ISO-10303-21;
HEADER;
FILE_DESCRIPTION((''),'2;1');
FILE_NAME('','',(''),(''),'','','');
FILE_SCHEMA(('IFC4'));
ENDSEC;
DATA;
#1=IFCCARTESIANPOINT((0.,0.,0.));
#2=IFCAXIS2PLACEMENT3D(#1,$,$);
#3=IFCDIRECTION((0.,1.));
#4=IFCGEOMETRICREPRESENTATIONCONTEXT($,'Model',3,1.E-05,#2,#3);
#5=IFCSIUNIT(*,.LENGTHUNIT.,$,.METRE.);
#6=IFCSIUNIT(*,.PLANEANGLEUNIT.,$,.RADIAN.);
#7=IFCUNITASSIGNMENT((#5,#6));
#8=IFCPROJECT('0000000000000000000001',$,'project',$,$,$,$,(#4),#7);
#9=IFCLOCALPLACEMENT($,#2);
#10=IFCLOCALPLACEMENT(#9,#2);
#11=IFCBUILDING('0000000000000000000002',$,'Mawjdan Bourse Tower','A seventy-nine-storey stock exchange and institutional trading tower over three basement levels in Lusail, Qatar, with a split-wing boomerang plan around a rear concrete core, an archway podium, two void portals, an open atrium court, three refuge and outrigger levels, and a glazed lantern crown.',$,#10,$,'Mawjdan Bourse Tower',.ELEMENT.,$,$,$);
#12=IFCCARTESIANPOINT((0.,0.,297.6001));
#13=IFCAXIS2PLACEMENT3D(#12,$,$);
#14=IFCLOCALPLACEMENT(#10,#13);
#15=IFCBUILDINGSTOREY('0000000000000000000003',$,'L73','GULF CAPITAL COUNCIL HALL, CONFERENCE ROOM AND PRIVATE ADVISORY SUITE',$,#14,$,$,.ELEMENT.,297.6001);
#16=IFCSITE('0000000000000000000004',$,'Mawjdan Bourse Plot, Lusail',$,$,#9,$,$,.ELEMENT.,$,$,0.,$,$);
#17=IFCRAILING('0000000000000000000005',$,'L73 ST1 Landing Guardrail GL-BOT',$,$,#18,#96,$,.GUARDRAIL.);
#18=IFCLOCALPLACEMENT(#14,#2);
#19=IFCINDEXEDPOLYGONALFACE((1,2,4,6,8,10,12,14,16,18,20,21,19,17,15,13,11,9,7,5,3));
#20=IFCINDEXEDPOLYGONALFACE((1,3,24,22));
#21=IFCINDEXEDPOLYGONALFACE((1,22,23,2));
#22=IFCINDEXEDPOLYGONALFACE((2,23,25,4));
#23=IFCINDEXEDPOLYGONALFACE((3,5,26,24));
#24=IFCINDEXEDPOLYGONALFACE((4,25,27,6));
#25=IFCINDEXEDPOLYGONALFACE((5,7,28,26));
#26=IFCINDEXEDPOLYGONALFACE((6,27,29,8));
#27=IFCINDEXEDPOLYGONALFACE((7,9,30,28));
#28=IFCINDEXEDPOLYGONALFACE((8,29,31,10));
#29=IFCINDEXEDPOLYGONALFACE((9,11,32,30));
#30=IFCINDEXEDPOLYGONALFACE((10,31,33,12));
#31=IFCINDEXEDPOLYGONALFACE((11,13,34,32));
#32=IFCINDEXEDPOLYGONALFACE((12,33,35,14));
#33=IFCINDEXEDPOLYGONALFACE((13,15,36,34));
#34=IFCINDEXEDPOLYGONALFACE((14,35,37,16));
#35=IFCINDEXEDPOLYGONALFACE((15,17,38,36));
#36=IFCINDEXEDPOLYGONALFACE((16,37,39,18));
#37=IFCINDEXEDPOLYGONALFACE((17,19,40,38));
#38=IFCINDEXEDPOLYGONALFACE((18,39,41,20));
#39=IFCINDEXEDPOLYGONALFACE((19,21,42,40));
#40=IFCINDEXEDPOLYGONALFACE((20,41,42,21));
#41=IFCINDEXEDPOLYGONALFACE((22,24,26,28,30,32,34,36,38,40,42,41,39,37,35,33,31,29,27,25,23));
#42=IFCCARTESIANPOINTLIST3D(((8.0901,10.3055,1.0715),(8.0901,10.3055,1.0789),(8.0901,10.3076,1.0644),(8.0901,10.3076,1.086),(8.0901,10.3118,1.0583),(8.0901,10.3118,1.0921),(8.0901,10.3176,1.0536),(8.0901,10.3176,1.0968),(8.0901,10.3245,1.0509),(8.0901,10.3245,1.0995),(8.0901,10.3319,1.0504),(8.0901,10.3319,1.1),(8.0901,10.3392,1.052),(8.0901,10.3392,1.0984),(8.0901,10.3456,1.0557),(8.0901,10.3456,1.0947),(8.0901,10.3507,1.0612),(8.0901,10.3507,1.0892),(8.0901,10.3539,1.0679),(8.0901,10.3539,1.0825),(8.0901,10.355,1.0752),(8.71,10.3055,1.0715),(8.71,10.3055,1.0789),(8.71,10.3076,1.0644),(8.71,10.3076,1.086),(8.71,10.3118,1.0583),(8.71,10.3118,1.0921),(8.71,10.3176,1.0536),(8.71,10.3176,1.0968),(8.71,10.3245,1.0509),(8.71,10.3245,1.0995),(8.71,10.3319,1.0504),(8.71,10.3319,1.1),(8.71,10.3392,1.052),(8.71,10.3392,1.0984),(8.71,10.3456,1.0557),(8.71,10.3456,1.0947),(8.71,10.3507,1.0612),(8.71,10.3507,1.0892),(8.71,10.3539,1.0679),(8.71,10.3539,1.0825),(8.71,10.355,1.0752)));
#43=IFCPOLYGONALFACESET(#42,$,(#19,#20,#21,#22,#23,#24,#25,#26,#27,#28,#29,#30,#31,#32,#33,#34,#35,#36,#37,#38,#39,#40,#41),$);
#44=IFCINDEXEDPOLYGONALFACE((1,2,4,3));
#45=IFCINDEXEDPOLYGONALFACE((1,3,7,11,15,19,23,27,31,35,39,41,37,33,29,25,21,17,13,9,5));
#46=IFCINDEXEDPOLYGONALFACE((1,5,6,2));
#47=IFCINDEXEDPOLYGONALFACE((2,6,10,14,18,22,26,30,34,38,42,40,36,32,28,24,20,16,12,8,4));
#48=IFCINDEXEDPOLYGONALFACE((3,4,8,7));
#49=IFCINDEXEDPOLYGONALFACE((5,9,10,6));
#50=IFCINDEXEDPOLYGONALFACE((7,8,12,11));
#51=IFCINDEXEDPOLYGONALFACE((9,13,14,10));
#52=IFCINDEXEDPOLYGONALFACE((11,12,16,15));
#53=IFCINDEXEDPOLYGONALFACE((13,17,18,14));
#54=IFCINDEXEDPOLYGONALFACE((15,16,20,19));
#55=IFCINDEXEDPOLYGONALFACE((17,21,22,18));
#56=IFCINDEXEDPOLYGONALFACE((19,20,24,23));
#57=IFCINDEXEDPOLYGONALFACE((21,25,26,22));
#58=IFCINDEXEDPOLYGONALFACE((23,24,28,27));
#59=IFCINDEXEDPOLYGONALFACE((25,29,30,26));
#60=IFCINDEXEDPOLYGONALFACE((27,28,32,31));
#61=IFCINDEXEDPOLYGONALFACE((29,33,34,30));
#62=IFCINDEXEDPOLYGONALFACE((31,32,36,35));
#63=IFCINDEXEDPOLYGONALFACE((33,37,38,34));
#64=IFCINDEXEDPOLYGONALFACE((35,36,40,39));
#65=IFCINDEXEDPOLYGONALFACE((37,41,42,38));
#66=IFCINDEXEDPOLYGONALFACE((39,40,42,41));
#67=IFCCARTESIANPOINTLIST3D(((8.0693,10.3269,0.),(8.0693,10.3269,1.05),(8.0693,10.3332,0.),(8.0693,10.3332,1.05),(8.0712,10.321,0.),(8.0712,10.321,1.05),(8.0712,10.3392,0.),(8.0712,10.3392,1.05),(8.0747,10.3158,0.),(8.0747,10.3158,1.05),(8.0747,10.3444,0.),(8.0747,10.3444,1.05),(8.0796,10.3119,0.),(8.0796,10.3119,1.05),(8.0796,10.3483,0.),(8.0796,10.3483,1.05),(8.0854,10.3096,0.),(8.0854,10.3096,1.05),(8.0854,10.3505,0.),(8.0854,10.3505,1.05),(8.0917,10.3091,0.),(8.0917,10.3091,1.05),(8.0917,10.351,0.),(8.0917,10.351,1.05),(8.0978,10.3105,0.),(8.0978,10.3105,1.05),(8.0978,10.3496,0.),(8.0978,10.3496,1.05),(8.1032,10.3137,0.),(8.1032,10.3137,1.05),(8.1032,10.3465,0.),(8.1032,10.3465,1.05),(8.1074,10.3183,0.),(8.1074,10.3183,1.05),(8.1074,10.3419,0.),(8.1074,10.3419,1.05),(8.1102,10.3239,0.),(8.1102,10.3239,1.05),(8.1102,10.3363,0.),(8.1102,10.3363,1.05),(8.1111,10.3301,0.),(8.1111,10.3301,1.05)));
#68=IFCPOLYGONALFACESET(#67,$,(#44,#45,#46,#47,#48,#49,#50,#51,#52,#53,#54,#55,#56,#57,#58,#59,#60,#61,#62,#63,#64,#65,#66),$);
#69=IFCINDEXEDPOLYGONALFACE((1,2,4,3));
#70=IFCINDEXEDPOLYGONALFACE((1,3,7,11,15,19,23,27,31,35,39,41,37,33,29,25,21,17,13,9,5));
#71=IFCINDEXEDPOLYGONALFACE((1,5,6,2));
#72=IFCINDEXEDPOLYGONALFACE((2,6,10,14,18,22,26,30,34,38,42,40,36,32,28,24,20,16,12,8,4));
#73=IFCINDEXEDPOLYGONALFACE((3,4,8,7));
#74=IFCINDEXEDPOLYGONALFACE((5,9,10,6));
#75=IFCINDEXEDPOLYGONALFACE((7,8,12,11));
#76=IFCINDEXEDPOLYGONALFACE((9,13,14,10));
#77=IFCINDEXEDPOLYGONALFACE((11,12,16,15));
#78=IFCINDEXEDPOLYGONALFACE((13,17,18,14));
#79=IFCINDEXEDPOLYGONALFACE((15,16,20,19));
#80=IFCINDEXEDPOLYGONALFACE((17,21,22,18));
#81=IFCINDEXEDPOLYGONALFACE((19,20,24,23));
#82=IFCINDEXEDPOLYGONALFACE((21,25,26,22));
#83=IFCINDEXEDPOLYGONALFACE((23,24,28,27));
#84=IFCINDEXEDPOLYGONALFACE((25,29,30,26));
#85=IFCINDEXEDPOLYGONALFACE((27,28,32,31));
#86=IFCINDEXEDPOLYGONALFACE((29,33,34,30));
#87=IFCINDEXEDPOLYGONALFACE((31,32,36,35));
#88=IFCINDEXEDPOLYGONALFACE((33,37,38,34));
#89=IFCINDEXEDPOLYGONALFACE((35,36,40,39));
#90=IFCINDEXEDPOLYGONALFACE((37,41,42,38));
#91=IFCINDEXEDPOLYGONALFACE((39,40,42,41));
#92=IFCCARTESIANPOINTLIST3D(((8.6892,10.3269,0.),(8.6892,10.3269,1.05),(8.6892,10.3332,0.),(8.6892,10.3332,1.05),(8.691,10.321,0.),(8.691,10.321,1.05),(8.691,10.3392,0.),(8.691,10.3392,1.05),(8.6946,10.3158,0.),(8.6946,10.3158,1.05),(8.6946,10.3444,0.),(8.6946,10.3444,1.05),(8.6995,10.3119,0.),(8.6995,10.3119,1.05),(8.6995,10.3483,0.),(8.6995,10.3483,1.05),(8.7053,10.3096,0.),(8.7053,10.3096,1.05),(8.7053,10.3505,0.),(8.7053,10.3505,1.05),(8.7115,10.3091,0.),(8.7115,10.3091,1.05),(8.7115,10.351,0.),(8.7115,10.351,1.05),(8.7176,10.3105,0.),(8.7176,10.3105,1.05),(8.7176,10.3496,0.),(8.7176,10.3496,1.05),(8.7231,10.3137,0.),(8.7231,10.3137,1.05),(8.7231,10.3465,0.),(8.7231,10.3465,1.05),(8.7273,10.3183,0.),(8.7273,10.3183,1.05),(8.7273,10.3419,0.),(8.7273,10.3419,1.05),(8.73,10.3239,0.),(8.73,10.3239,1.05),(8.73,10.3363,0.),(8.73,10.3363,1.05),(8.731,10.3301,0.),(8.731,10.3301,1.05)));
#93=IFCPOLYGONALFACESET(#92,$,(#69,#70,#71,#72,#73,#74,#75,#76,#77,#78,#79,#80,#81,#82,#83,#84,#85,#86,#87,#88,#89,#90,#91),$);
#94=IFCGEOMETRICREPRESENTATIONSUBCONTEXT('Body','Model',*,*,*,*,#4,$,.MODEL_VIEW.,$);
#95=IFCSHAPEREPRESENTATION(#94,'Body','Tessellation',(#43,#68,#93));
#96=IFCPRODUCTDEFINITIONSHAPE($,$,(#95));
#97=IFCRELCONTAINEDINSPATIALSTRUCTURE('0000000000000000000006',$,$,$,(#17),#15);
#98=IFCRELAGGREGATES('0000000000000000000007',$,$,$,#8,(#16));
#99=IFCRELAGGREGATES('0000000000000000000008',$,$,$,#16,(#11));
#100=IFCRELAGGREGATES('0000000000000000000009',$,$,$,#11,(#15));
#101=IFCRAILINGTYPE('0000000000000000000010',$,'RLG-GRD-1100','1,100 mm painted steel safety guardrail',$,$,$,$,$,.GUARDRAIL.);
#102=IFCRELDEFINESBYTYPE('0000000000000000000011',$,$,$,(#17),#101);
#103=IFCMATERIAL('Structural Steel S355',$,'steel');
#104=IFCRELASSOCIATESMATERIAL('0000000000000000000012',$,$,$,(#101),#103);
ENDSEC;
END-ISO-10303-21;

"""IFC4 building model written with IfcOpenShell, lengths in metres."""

from ifc_helpers import new_model, si_unit, direction, frame, origin, origin_2d, place, context, subcontext, project, spatial, circle, extrude, material, type_object, element, save


model = new_model("IFC4")

# Units and contexts
model_context = context("Model", 3, precision=1e-05, world=origin(), true_north=direction((0.0, 1.0)))
body_context = subcontext(model_context, "Body", "Model", "MODEL_VIEW")
ifc_project = project(units=[si_unit("LENGTHUNIT", "METRE"), si_unit("PLANEANGLEUNIT", "RADIAN")], contexts=[model_context])

# Site, building, storey
site_placement = place(None, origin())
site = spatial("IfcSite", under=ifc_project, at=site_placement, Name="Mawjdan Bourse Plot, Lusail", CompositionType="ELEMENT", RefElevation=0.0)
building_placement = place(site_placement, origin())
building = spatial("IfcBuilding", under=site, at=building_placement, Name="Mawjdan Bourse Tower", Description="A seventy-nine-storey stock exchange and institutional trading tower over three basement levels in Lusail, Qatar, with a split-wing boomerang plan around a rear concrete core, an archway podium, two void portals, an open atrium court, three refuge and outrigger levels, and a glazed lantern crown.", LongName="Mawjdan Bourse Tower", CompositionType="ELEMENT")
storey_placement = place(building_placement, frame((0.0, 0.0, 297.6001)))
storey = spatial("IfcBuildingStorey", under=building, at=storey_placement, Name="L73", Description="GULF CAPITAL COUNCIL HALL, CONFERENCE ROOM AND PRIVATE ADVISORY SUITE", CompositionType="ELEMENT", Elevation=297.6001)

# Railing
ifc_material_1 = material(Name="Structural Steel S355", Category="steel")
railing_type_1 = type_object("IfcRailingType", Name="RLG-GRD-1100", Description="1,100 mm painted steel safety guardrail", PredefinedType="GUARDRAIL", material=ifc_material_1)
for number, where, name in (
    (1, (8.0901, 10.3301, 0.0), "L73 ST1 Landing Guardrail GL-BOT"),
):
    element("IfcRailing", number, at=place(storey_placement, frame(where)), inside=storey, type_object=railing_type_1, Name=name, PredefinedType="GUARDRAIL", context=body_context, shape_type="SweptSolid", body=[
        extrude(circle(Radius=0.0249, at=origin_2d()), frame((0.0, 0.0, 1.0752), z_axis=(1.0, 0.0, 0.0), x_axis=(0.0, 1.0, 0.0)), (0.0, 0.0, 1.0), 0.6199),
        extrude(circle(Radius=0.021, at=origin_2d()), origin(), (0.0, 0.0, 1.0), 1.05),
        extrude(circle(Radius=0.021, at=origin_2d()), frame((0.6199, 0.0, 0.0)), (0.0, 0.0, 1.0), 1.05),
    ])

save(model, "model.ifc")
